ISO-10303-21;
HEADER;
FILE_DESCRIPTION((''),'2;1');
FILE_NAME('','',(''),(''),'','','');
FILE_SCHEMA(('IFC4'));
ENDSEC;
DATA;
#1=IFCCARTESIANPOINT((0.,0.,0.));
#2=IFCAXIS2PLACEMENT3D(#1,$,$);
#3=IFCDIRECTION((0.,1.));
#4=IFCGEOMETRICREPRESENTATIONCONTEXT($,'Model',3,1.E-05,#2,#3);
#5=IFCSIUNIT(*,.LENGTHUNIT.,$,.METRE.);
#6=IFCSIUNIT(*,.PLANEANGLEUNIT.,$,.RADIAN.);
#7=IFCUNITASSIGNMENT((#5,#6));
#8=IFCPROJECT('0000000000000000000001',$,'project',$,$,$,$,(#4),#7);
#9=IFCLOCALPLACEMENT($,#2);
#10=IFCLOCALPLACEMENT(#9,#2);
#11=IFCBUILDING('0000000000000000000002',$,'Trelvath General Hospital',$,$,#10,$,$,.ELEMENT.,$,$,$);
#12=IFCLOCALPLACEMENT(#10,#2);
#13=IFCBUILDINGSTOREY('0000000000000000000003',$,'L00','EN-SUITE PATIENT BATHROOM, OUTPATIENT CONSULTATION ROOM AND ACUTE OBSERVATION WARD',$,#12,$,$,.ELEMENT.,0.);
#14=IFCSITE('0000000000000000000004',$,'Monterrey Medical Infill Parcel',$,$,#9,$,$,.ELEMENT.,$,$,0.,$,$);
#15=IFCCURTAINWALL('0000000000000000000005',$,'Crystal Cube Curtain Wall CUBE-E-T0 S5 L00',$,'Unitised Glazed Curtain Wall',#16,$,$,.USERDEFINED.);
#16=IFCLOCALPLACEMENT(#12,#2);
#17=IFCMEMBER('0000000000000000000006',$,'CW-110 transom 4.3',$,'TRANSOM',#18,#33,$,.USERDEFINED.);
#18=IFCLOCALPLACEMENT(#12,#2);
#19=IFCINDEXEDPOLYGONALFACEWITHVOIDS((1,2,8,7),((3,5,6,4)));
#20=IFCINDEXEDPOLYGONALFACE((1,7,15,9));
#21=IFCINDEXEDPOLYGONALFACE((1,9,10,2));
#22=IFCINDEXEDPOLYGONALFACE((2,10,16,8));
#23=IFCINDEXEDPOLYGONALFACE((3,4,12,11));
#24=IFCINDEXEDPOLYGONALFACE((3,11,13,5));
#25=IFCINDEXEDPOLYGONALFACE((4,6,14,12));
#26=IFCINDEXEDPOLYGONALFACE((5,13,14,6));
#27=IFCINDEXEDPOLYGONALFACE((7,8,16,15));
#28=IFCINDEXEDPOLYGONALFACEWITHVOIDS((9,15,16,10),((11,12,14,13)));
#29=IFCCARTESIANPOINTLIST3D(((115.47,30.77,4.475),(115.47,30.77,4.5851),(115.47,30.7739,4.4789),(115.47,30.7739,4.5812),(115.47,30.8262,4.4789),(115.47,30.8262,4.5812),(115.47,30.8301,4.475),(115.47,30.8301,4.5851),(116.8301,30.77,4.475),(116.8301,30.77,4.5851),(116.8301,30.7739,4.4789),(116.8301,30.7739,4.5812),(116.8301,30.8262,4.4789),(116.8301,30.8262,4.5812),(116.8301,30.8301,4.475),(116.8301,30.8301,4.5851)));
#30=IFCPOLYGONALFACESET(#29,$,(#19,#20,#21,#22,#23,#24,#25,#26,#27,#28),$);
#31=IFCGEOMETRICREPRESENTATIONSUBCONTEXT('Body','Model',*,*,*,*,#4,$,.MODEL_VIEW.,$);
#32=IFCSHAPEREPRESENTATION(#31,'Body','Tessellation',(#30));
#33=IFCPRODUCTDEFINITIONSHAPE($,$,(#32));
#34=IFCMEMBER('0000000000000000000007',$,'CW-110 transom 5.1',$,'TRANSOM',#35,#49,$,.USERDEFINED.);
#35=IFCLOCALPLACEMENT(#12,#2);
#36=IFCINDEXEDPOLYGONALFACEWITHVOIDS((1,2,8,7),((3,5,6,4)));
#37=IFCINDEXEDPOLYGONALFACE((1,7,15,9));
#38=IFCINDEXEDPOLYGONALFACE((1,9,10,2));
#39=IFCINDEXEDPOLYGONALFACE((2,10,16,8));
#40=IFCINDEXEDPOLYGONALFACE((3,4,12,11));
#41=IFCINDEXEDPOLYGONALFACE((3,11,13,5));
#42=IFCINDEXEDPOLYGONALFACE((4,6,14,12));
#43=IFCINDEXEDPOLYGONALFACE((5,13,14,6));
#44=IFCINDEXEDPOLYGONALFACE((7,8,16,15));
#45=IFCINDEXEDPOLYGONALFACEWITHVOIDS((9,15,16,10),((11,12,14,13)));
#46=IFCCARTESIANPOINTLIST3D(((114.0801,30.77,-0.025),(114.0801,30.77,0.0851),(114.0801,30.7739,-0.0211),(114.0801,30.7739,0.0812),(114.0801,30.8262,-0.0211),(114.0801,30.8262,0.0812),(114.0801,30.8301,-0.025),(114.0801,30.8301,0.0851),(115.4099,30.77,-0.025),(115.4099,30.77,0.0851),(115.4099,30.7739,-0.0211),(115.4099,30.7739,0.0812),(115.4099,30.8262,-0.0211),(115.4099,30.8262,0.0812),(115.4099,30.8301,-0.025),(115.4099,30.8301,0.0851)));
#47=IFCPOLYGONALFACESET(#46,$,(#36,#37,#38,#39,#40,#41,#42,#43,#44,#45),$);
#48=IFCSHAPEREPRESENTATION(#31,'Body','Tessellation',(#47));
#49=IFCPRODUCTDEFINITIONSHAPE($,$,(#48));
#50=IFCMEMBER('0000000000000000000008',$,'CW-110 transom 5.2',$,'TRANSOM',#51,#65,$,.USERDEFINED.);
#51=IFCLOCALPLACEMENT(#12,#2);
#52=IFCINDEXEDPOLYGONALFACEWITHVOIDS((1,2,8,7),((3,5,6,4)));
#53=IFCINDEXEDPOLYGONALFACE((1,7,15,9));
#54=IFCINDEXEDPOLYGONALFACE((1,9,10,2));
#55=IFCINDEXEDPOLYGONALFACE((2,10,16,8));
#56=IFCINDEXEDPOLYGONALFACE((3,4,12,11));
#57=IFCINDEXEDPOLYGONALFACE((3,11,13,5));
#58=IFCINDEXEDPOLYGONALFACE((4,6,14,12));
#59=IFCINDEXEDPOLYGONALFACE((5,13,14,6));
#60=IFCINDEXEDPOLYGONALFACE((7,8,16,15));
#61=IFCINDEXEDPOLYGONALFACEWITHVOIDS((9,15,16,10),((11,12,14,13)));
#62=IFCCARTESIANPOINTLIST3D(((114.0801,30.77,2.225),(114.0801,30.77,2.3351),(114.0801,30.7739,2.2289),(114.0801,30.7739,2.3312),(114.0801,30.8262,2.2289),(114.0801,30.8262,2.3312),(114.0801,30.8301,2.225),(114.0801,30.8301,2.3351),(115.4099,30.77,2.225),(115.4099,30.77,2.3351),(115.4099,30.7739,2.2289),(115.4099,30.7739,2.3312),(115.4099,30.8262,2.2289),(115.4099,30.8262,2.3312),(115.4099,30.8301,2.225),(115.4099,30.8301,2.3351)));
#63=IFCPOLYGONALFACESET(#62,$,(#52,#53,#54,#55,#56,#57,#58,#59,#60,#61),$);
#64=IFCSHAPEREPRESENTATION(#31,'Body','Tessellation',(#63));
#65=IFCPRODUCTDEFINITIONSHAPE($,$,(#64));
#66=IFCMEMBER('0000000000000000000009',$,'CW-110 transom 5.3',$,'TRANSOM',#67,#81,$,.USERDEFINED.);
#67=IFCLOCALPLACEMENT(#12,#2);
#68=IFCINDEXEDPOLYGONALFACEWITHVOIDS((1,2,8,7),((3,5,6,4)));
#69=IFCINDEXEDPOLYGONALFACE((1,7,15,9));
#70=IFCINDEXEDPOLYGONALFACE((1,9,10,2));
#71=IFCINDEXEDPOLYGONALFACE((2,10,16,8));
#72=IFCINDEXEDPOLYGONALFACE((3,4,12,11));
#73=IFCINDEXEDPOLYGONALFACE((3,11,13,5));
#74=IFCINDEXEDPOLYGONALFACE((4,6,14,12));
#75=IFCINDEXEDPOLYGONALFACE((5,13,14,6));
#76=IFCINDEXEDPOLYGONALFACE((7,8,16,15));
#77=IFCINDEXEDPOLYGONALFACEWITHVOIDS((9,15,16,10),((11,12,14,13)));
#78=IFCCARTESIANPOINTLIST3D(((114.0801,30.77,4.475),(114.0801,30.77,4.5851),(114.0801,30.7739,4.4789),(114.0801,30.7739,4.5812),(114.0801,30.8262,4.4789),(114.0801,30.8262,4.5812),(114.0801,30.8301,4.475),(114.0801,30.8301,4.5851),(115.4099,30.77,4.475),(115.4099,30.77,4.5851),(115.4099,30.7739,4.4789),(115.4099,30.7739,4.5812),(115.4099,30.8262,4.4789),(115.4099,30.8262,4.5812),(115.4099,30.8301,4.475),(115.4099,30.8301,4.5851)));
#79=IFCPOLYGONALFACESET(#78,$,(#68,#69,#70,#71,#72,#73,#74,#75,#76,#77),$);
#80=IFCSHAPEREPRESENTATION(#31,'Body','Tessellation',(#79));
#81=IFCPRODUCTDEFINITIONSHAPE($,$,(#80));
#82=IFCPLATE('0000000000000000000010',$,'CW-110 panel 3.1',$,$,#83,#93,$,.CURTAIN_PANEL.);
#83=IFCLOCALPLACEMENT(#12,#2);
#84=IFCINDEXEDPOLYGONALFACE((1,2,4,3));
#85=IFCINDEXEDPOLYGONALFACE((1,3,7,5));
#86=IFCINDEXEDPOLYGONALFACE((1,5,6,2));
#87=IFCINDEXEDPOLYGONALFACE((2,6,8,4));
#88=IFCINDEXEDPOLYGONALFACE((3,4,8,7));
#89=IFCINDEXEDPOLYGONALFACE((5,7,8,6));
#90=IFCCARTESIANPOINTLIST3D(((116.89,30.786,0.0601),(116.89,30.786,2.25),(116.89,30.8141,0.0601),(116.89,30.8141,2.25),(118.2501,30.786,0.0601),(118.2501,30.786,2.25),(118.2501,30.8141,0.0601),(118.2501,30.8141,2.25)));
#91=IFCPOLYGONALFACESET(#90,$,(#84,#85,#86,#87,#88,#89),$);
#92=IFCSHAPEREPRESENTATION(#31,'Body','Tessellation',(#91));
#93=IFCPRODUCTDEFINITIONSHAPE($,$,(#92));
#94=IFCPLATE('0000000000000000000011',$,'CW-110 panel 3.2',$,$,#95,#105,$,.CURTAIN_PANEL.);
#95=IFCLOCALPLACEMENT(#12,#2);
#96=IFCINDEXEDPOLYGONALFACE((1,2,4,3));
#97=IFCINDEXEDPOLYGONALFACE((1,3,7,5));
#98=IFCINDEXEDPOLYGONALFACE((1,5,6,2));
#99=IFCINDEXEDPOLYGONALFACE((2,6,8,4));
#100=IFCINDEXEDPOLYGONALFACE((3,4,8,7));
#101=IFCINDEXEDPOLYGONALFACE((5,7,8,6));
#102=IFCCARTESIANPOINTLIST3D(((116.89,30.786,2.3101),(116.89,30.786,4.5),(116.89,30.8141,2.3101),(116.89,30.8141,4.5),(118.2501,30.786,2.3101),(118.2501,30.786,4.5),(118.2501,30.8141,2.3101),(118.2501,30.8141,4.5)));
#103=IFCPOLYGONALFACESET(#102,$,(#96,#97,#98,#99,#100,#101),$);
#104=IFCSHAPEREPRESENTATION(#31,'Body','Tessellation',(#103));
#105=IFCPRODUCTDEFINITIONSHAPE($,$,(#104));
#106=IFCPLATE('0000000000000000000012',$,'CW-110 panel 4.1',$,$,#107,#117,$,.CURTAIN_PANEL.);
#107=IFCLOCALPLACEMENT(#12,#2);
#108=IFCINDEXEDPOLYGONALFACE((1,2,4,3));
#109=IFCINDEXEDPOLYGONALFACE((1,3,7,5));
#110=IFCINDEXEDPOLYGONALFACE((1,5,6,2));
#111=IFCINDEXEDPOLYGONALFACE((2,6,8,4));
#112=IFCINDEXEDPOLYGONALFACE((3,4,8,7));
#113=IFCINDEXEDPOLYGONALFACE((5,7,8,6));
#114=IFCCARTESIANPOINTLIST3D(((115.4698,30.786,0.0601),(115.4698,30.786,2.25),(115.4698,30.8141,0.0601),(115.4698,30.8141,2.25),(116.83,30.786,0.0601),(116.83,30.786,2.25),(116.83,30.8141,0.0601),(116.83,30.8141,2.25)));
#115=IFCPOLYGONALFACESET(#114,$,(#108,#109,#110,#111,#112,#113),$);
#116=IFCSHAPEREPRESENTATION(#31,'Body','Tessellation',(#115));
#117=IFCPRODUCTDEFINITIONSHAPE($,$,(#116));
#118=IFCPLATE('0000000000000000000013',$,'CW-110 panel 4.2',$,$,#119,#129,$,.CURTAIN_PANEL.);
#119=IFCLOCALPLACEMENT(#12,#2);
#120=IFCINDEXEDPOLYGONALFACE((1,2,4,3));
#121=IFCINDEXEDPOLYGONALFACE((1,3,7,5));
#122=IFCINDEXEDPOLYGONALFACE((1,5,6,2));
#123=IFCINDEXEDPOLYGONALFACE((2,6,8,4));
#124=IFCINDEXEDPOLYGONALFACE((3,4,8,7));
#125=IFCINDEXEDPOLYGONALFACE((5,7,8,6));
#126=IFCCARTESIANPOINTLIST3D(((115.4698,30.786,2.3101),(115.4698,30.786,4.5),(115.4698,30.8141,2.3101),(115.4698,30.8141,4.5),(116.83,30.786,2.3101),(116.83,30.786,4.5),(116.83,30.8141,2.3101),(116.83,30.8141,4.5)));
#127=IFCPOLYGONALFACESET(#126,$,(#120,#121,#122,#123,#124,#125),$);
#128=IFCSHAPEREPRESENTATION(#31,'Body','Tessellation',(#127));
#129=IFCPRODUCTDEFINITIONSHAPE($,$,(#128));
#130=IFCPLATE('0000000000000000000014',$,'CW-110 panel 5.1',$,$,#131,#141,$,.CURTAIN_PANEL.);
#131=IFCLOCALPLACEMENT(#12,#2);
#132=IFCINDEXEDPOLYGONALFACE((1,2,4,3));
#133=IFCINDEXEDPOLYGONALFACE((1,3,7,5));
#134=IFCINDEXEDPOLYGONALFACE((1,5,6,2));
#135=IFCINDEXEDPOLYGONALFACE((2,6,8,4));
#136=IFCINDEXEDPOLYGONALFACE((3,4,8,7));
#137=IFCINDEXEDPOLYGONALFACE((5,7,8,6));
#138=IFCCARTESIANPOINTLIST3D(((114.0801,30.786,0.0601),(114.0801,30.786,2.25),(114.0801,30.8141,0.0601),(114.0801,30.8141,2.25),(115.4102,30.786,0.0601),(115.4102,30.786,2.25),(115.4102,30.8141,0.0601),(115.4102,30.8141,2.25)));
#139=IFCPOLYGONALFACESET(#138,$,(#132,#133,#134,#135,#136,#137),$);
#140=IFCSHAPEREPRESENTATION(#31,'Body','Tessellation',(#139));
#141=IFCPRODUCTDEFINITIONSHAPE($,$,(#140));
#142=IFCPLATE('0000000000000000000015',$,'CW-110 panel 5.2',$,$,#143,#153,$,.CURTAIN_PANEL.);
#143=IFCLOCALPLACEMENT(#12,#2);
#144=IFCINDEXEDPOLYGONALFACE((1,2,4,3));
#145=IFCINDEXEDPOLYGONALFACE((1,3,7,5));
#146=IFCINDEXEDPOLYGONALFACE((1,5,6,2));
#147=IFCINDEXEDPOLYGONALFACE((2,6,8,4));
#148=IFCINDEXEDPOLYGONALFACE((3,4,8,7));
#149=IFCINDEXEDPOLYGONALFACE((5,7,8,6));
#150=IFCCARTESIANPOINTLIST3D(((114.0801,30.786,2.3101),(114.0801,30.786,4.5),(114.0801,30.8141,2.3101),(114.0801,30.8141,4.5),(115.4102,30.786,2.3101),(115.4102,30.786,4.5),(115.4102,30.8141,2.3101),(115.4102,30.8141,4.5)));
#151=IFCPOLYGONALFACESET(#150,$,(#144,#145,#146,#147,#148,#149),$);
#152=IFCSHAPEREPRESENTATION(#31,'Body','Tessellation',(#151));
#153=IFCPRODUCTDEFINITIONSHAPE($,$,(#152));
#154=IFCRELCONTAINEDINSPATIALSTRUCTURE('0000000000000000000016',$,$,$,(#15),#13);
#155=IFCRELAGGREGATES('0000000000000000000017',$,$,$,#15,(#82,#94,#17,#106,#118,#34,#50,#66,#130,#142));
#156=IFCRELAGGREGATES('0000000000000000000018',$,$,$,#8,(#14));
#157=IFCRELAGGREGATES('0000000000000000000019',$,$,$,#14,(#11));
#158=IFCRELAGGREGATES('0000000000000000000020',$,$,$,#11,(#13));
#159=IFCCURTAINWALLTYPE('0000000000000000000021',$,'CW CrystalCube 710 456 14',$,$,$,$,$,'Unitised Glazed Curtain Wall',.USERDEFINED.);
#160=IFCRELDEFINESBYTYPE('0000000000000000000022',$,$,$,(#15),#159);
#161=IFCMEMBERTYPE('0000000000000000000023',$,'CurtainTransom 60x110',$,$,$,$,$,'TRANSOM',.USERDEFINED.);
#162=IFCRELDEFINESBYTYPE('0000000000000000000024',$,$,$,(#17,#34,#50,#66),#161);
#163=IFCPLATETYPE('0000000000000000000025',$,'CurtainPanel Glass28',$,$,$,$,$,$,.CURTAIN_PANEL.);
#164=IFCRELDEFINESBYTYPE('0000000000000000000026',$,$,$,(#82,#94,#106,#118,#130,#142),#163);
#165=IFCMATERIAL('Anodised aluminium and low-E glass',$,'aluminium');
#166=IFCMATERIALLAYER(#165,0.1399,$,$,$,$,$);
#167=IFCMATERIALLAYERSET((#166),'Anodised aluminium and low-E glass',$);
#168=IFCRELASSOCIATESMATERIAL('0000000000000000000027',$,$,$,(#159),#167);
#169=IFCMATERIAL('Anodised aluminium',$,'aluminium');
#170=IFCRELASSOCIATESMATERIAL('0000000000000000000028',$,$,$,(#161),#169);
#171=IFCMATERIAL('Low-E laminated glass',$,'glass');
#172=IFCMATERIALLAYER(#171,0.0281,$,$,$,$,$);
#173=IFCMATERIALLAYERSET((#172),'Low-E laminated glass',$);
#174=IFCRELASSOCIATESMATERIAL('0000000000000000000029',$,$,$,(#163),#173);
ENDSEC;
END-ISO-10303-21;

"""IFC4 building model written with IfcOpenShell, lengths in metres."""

from ifc_helpers import new_model, si_unit, direction, frame, origin, origin_2d, place, context, subcontext, project, spatial, rectangle, hollow_rectangle, extrude, material, layer, layer_set, material_profile, profile_set, type_object, element, aggregate, save


model = new_model("IFC4")

# Units and contexts
model_context = context("Model", 3, precision=1e-05, world=origin(), true_north=direction((0.0, 1.0)))
body_context = subcontext(model_context, "Body", "Model", "MODEL_VIEW")
ifc_project = project(units=[si_unit("LENGTHUNIT", "METRE"), si_unit("PLANEANGLEUNIT", "RADIAN")], contexts=[model_context])

# Site, building, storey
site_placement = place(None, origin())
site = spatial("IfcSite", under=ifc_project, at=site_placement, Name="Monterrey Medical Infill Parcel", CompositionType="ELEMENT", RefElevation=0.0)
building_placement = place(site_placement, origin())
building = spatial("IfcBuilding", under=site, at=building_placement, Name="Trelvath General Hospital", CompositionType="ELEMENT")
storey_placement = place(building_placement, origin())
storey = spatial("IfcBuildingStorey", under=building, at=storey_placement, Name="L00", Description="EN-SUITE PATIENT BATHROOM, OUTPATIENT CONSULTATION ROOM AND ACUTE OBSERVATION WARD", CompositionType="ELEMENT", Elevation=0.0)

# Curtain wall
ifc_material_1 = material(Name="Anodised aluminium and low-E glass", Category="aluminium")
ifc_layer_1 = layer(ifc_material_1, 0.1399)
ifc_layer_set_1 = layer_set([ifc_layer_1], Name="Anodised aluminium and low-E glass")
curtain_wall_type_1 = type_object("IfcCurtainWallType", Name="CW CrystalCube 710 456 14", ElementType="Unitised Glazed Curtain Wall", PredefinedType="USERDEFINED", material=ifc_layer_set_1)
curtain_wall_1_placement = place(storey_placement, origin())
curtain_wall_1 = element("IfcCurtainWall", 1, at=curtain_wall_1_placement, inside=storey, type_object=curtain_wall_type_1, Name="Crystal Cube Curtain Wall CUBE-E-T0 S5 L00", ObjectType="Unitised Glazed Curtain Wall", PredefinedType="USERDEFINED")

# Members
ifc_material_2 = material(Name="Anodised aluminium", Category="aluminium")
ifc_material_profile_1 = material_profile(ifc_material_2, hollow_rectangle(XDim=0.0601, YDim=0.1101, WallThickness=0.0039, at=origin_2d()), Name="RHS60x110x4")
ifc_profile_set_1 = profile_set([ifc_material_profile_1], Name="Anodised aluminium")
member_type_1 = type_object("IfcMemberType", Name="CurtainTransom 60x110", ElementType="TRANSOM", PredefinedType="USERDEFINED", material=ifc_profile_set_1)
member_1_placement = place(storey_placement, frame((116.8301, 30.8, 4.53), z_axis=(-1.0, 0.0, 0.0), x_axis=(0.0, -1.0, 0.0)))
member_1 = element("IfcMember", 2, at=member_1_placement, type_object=member_type_1, Name="CW-110 transom 4.3", ObjectType="TRANSOM", PredefinedType="USERDEFINED", context=body_context, shape_type="SweptSolid", body=[
    extrude(hollow_rectangle(XDim=0.0601, YDim=0.1101, WallThickness=0.0039, at=origin_2d()), origin(), (0.0, 0.0, 1.0), 1.3601),
])
member_2_placement = place(storey_placement, frame((115.4099, 30.8, 0.03), z_axis=(-1.0, 0.0, 0.0), x_axis=(0.0, -1.0, 0.0)))
member_2 = element("IfcMember", 3, at=member_2_placement, type_object=member_type_1, Name="CW-110 transom 5.1", ObjectType="TRANSOM", PredefinedType="USERDEFINED", context=body_context, shape_type="SweptSolid", body=[
    extrude(hollow_rectangle(XDim=0.0601, YDim=0.1101, WallThickness=0.0039, at=origin_2d()), origin(), (0.0, 0.0, 1.0), 1.3298),
])
member_3_placement = place(storey_placement, frame((115.4099, 30.8, 2.28), z_axis=(-1.0, 0.0, 0.0), x_axis=(0.0, -1.0, 0.0)))
member_3 = element("IfcMember", 4, at=member_3_placement, type_object=member_type_1, Name="CW-110 transom 5.2", ObjectType="TRANSOM", PredefinedType="USERDEFINED", context=body_context, shape_type="SweptSolid", body=[
    extrude(hollow_rectangle(XDim=0.0601, YDim=0.1101, WallThickness=0.0039, at=origin_2d()), origin(), (0.0, 0.0, 1.0), 1.3298),
])
member_4_placement = place(storey_placement, frame((115.4099, 30.8, 4.53), z_axis=(-1.0, 0.0, 0.0), x_axis=(0.0, -1.0, 0.0)))
member_4 = element("IfcMember", 5, at=member_4_placement, type_object=member_type_1, Name="CW-110 transom 5.3", ObjectType="TRANSOM", PredefinedType="USERDEFINED", context=body_context, shape_type="SweptSolid", body=[
    extrude(hollow_rectangle(XDim=0.0601, YDim=0.1101, WallThickness=0.0039, at=origin_2d()), origin(), (0.0, 0.0, 1.0), 1.3298),
])

# Plates
ifc_material_3 = material(Name="Low-E laminated glass", Category="glass")
ifc_layer_2 = layer(ifc_material_3, 0.0281)
ifc_layer_set_2 = layer_set([ifc_layer_2], Name="Low-E laminated glass")
plate_type = type_object("IfcPlateType", Name="CurtainPanel Glass28", PredefinedType="CURTAIN_PANEL", material=ifc_layer_set_2)
plate_1_placement = place(storey_placement, frame((117.5701, 30.8, 0.0601), z_axis=(0.0, 0.0, 1.0), x_axis=(-1.0, 0.0, 0.0)))
plate_1 = element("IfcPlate", 6, at=plate_1_placement, type_object=plate_type, Name="CW-110 panel 3.1", PredefinedType="CURTAIN_PANEL", context=body_context, shape_type="SweptSolid", body=[
    extrude(rectangle(XDim=1.3601, YDim=0.0281, at=origin_2d()), origin(), (0.0, 0.0, 1.0), 2.1899),
])
plate_2_placement = place(storey_placement, frame((117.5701, 30.8, 2.3101), z_axis=(0.0, 0.0, 1.0), x_axis=(-1.0, 0.0, 0.0)))
plate_2 = element("IfcPlate", 7, at=plate_2_placement, type_object=plate_type, Name="CW-110 panel 3.2", PredefinedType="CURTAIN_PANEL", context=body_context, shape_type="SweptSolid", body=[
    extrude(rectangle(XDim=1.3601, YDim=0.0281, at=origin_2d()), origin(), (0.0, 0.0, 1.0), 2.1899),
])
plate_3_placement = place(storey_placement, frame((116.1499, 30.8, 0.0601), z_axis=(0.0, 0.0, 1.0), x_axis=(-1.0, 0.0, 0.0)))
plate_3 = element("IfcPlate", 8, at=plate_3_placement, type_object=plate_type, Name="CW-110 panel 4.1", PredefinedType="CURTAIN_PANEL", context=body_context, shape_type="SweptSolid", body=[
    extrude(rectangle(XDim=1.3601, YDim=0.0281, at=origin_2d()), origin(), (0.0, 0.0, 1.0), 2.1899),
])
plate_4_placement = place(storey_placement, frame((116.1499, 30.8, 2.3101), z_axis=(0.0, 0.0, 1.0), x_axis=(-1.0, 0.0, 0.0)))
plate_4 = element("IfcPlate", 9, at=plate_4_placement, type_object=plate_type, Name="CW-110 panel 4.2", PredefinedType="CURTAIN_PANEL", context=body_context, shape_type="SweptSolid", body=[
    extrude(rectangle(XDim=1.3601, YDim=0.0281, at=origin_2d()), origin(), (0.0, 0.0, 1.0), 2.1899),
])
plate_5_placement = place(storey_placement, frame((114.7451, 30.8, 0.0601), z_axis=(0.0, 0.0, 1.0), x_axis=(-1.0, 0.0, 0.0)))
plate_5 = element("IfcPlate", 10, at=plate_5_placement, type_object=plate_type, Name="CW-110 panel 5.1", PredefinedType="CURTAIN_PANEL", context=body_context, shape_type="SweptSolid", body=[
    extrude(rectangle(XDim=1.3301, YDim=0.0281, at=origin_2d()), origin(), (0.0, 0.0, 1.0), 2.1899),
])
plate_6_placement = place(storey_placement, frame((114.7451, 30.8, 2.3101), z_axis=(0.0, 0.0, 1.0), x_axis=(-1.0, 0.0, 0.0)))
plate_6 = element("IfcPlate", 11, at=plate_6_placement, type_object=plate_type, Name="CW-110 panel 5.2", PredefinedType="CURTAIN_PANEL", context=body_context, shape_type="SweptSolid", body=[
    extrude(rectangle(XDim=1.3301, YDim=0.0281, at=origin_2d()), origin(), (0.0, 0.0, 1.0), 2.1899),
])
aggregate(curtain_wall_1, [plate_1, plate_2, member_1, plate_3, plate_4, member_2, member_3, member_4, plate_5, plate_6])

save(model, "model.ifc")
